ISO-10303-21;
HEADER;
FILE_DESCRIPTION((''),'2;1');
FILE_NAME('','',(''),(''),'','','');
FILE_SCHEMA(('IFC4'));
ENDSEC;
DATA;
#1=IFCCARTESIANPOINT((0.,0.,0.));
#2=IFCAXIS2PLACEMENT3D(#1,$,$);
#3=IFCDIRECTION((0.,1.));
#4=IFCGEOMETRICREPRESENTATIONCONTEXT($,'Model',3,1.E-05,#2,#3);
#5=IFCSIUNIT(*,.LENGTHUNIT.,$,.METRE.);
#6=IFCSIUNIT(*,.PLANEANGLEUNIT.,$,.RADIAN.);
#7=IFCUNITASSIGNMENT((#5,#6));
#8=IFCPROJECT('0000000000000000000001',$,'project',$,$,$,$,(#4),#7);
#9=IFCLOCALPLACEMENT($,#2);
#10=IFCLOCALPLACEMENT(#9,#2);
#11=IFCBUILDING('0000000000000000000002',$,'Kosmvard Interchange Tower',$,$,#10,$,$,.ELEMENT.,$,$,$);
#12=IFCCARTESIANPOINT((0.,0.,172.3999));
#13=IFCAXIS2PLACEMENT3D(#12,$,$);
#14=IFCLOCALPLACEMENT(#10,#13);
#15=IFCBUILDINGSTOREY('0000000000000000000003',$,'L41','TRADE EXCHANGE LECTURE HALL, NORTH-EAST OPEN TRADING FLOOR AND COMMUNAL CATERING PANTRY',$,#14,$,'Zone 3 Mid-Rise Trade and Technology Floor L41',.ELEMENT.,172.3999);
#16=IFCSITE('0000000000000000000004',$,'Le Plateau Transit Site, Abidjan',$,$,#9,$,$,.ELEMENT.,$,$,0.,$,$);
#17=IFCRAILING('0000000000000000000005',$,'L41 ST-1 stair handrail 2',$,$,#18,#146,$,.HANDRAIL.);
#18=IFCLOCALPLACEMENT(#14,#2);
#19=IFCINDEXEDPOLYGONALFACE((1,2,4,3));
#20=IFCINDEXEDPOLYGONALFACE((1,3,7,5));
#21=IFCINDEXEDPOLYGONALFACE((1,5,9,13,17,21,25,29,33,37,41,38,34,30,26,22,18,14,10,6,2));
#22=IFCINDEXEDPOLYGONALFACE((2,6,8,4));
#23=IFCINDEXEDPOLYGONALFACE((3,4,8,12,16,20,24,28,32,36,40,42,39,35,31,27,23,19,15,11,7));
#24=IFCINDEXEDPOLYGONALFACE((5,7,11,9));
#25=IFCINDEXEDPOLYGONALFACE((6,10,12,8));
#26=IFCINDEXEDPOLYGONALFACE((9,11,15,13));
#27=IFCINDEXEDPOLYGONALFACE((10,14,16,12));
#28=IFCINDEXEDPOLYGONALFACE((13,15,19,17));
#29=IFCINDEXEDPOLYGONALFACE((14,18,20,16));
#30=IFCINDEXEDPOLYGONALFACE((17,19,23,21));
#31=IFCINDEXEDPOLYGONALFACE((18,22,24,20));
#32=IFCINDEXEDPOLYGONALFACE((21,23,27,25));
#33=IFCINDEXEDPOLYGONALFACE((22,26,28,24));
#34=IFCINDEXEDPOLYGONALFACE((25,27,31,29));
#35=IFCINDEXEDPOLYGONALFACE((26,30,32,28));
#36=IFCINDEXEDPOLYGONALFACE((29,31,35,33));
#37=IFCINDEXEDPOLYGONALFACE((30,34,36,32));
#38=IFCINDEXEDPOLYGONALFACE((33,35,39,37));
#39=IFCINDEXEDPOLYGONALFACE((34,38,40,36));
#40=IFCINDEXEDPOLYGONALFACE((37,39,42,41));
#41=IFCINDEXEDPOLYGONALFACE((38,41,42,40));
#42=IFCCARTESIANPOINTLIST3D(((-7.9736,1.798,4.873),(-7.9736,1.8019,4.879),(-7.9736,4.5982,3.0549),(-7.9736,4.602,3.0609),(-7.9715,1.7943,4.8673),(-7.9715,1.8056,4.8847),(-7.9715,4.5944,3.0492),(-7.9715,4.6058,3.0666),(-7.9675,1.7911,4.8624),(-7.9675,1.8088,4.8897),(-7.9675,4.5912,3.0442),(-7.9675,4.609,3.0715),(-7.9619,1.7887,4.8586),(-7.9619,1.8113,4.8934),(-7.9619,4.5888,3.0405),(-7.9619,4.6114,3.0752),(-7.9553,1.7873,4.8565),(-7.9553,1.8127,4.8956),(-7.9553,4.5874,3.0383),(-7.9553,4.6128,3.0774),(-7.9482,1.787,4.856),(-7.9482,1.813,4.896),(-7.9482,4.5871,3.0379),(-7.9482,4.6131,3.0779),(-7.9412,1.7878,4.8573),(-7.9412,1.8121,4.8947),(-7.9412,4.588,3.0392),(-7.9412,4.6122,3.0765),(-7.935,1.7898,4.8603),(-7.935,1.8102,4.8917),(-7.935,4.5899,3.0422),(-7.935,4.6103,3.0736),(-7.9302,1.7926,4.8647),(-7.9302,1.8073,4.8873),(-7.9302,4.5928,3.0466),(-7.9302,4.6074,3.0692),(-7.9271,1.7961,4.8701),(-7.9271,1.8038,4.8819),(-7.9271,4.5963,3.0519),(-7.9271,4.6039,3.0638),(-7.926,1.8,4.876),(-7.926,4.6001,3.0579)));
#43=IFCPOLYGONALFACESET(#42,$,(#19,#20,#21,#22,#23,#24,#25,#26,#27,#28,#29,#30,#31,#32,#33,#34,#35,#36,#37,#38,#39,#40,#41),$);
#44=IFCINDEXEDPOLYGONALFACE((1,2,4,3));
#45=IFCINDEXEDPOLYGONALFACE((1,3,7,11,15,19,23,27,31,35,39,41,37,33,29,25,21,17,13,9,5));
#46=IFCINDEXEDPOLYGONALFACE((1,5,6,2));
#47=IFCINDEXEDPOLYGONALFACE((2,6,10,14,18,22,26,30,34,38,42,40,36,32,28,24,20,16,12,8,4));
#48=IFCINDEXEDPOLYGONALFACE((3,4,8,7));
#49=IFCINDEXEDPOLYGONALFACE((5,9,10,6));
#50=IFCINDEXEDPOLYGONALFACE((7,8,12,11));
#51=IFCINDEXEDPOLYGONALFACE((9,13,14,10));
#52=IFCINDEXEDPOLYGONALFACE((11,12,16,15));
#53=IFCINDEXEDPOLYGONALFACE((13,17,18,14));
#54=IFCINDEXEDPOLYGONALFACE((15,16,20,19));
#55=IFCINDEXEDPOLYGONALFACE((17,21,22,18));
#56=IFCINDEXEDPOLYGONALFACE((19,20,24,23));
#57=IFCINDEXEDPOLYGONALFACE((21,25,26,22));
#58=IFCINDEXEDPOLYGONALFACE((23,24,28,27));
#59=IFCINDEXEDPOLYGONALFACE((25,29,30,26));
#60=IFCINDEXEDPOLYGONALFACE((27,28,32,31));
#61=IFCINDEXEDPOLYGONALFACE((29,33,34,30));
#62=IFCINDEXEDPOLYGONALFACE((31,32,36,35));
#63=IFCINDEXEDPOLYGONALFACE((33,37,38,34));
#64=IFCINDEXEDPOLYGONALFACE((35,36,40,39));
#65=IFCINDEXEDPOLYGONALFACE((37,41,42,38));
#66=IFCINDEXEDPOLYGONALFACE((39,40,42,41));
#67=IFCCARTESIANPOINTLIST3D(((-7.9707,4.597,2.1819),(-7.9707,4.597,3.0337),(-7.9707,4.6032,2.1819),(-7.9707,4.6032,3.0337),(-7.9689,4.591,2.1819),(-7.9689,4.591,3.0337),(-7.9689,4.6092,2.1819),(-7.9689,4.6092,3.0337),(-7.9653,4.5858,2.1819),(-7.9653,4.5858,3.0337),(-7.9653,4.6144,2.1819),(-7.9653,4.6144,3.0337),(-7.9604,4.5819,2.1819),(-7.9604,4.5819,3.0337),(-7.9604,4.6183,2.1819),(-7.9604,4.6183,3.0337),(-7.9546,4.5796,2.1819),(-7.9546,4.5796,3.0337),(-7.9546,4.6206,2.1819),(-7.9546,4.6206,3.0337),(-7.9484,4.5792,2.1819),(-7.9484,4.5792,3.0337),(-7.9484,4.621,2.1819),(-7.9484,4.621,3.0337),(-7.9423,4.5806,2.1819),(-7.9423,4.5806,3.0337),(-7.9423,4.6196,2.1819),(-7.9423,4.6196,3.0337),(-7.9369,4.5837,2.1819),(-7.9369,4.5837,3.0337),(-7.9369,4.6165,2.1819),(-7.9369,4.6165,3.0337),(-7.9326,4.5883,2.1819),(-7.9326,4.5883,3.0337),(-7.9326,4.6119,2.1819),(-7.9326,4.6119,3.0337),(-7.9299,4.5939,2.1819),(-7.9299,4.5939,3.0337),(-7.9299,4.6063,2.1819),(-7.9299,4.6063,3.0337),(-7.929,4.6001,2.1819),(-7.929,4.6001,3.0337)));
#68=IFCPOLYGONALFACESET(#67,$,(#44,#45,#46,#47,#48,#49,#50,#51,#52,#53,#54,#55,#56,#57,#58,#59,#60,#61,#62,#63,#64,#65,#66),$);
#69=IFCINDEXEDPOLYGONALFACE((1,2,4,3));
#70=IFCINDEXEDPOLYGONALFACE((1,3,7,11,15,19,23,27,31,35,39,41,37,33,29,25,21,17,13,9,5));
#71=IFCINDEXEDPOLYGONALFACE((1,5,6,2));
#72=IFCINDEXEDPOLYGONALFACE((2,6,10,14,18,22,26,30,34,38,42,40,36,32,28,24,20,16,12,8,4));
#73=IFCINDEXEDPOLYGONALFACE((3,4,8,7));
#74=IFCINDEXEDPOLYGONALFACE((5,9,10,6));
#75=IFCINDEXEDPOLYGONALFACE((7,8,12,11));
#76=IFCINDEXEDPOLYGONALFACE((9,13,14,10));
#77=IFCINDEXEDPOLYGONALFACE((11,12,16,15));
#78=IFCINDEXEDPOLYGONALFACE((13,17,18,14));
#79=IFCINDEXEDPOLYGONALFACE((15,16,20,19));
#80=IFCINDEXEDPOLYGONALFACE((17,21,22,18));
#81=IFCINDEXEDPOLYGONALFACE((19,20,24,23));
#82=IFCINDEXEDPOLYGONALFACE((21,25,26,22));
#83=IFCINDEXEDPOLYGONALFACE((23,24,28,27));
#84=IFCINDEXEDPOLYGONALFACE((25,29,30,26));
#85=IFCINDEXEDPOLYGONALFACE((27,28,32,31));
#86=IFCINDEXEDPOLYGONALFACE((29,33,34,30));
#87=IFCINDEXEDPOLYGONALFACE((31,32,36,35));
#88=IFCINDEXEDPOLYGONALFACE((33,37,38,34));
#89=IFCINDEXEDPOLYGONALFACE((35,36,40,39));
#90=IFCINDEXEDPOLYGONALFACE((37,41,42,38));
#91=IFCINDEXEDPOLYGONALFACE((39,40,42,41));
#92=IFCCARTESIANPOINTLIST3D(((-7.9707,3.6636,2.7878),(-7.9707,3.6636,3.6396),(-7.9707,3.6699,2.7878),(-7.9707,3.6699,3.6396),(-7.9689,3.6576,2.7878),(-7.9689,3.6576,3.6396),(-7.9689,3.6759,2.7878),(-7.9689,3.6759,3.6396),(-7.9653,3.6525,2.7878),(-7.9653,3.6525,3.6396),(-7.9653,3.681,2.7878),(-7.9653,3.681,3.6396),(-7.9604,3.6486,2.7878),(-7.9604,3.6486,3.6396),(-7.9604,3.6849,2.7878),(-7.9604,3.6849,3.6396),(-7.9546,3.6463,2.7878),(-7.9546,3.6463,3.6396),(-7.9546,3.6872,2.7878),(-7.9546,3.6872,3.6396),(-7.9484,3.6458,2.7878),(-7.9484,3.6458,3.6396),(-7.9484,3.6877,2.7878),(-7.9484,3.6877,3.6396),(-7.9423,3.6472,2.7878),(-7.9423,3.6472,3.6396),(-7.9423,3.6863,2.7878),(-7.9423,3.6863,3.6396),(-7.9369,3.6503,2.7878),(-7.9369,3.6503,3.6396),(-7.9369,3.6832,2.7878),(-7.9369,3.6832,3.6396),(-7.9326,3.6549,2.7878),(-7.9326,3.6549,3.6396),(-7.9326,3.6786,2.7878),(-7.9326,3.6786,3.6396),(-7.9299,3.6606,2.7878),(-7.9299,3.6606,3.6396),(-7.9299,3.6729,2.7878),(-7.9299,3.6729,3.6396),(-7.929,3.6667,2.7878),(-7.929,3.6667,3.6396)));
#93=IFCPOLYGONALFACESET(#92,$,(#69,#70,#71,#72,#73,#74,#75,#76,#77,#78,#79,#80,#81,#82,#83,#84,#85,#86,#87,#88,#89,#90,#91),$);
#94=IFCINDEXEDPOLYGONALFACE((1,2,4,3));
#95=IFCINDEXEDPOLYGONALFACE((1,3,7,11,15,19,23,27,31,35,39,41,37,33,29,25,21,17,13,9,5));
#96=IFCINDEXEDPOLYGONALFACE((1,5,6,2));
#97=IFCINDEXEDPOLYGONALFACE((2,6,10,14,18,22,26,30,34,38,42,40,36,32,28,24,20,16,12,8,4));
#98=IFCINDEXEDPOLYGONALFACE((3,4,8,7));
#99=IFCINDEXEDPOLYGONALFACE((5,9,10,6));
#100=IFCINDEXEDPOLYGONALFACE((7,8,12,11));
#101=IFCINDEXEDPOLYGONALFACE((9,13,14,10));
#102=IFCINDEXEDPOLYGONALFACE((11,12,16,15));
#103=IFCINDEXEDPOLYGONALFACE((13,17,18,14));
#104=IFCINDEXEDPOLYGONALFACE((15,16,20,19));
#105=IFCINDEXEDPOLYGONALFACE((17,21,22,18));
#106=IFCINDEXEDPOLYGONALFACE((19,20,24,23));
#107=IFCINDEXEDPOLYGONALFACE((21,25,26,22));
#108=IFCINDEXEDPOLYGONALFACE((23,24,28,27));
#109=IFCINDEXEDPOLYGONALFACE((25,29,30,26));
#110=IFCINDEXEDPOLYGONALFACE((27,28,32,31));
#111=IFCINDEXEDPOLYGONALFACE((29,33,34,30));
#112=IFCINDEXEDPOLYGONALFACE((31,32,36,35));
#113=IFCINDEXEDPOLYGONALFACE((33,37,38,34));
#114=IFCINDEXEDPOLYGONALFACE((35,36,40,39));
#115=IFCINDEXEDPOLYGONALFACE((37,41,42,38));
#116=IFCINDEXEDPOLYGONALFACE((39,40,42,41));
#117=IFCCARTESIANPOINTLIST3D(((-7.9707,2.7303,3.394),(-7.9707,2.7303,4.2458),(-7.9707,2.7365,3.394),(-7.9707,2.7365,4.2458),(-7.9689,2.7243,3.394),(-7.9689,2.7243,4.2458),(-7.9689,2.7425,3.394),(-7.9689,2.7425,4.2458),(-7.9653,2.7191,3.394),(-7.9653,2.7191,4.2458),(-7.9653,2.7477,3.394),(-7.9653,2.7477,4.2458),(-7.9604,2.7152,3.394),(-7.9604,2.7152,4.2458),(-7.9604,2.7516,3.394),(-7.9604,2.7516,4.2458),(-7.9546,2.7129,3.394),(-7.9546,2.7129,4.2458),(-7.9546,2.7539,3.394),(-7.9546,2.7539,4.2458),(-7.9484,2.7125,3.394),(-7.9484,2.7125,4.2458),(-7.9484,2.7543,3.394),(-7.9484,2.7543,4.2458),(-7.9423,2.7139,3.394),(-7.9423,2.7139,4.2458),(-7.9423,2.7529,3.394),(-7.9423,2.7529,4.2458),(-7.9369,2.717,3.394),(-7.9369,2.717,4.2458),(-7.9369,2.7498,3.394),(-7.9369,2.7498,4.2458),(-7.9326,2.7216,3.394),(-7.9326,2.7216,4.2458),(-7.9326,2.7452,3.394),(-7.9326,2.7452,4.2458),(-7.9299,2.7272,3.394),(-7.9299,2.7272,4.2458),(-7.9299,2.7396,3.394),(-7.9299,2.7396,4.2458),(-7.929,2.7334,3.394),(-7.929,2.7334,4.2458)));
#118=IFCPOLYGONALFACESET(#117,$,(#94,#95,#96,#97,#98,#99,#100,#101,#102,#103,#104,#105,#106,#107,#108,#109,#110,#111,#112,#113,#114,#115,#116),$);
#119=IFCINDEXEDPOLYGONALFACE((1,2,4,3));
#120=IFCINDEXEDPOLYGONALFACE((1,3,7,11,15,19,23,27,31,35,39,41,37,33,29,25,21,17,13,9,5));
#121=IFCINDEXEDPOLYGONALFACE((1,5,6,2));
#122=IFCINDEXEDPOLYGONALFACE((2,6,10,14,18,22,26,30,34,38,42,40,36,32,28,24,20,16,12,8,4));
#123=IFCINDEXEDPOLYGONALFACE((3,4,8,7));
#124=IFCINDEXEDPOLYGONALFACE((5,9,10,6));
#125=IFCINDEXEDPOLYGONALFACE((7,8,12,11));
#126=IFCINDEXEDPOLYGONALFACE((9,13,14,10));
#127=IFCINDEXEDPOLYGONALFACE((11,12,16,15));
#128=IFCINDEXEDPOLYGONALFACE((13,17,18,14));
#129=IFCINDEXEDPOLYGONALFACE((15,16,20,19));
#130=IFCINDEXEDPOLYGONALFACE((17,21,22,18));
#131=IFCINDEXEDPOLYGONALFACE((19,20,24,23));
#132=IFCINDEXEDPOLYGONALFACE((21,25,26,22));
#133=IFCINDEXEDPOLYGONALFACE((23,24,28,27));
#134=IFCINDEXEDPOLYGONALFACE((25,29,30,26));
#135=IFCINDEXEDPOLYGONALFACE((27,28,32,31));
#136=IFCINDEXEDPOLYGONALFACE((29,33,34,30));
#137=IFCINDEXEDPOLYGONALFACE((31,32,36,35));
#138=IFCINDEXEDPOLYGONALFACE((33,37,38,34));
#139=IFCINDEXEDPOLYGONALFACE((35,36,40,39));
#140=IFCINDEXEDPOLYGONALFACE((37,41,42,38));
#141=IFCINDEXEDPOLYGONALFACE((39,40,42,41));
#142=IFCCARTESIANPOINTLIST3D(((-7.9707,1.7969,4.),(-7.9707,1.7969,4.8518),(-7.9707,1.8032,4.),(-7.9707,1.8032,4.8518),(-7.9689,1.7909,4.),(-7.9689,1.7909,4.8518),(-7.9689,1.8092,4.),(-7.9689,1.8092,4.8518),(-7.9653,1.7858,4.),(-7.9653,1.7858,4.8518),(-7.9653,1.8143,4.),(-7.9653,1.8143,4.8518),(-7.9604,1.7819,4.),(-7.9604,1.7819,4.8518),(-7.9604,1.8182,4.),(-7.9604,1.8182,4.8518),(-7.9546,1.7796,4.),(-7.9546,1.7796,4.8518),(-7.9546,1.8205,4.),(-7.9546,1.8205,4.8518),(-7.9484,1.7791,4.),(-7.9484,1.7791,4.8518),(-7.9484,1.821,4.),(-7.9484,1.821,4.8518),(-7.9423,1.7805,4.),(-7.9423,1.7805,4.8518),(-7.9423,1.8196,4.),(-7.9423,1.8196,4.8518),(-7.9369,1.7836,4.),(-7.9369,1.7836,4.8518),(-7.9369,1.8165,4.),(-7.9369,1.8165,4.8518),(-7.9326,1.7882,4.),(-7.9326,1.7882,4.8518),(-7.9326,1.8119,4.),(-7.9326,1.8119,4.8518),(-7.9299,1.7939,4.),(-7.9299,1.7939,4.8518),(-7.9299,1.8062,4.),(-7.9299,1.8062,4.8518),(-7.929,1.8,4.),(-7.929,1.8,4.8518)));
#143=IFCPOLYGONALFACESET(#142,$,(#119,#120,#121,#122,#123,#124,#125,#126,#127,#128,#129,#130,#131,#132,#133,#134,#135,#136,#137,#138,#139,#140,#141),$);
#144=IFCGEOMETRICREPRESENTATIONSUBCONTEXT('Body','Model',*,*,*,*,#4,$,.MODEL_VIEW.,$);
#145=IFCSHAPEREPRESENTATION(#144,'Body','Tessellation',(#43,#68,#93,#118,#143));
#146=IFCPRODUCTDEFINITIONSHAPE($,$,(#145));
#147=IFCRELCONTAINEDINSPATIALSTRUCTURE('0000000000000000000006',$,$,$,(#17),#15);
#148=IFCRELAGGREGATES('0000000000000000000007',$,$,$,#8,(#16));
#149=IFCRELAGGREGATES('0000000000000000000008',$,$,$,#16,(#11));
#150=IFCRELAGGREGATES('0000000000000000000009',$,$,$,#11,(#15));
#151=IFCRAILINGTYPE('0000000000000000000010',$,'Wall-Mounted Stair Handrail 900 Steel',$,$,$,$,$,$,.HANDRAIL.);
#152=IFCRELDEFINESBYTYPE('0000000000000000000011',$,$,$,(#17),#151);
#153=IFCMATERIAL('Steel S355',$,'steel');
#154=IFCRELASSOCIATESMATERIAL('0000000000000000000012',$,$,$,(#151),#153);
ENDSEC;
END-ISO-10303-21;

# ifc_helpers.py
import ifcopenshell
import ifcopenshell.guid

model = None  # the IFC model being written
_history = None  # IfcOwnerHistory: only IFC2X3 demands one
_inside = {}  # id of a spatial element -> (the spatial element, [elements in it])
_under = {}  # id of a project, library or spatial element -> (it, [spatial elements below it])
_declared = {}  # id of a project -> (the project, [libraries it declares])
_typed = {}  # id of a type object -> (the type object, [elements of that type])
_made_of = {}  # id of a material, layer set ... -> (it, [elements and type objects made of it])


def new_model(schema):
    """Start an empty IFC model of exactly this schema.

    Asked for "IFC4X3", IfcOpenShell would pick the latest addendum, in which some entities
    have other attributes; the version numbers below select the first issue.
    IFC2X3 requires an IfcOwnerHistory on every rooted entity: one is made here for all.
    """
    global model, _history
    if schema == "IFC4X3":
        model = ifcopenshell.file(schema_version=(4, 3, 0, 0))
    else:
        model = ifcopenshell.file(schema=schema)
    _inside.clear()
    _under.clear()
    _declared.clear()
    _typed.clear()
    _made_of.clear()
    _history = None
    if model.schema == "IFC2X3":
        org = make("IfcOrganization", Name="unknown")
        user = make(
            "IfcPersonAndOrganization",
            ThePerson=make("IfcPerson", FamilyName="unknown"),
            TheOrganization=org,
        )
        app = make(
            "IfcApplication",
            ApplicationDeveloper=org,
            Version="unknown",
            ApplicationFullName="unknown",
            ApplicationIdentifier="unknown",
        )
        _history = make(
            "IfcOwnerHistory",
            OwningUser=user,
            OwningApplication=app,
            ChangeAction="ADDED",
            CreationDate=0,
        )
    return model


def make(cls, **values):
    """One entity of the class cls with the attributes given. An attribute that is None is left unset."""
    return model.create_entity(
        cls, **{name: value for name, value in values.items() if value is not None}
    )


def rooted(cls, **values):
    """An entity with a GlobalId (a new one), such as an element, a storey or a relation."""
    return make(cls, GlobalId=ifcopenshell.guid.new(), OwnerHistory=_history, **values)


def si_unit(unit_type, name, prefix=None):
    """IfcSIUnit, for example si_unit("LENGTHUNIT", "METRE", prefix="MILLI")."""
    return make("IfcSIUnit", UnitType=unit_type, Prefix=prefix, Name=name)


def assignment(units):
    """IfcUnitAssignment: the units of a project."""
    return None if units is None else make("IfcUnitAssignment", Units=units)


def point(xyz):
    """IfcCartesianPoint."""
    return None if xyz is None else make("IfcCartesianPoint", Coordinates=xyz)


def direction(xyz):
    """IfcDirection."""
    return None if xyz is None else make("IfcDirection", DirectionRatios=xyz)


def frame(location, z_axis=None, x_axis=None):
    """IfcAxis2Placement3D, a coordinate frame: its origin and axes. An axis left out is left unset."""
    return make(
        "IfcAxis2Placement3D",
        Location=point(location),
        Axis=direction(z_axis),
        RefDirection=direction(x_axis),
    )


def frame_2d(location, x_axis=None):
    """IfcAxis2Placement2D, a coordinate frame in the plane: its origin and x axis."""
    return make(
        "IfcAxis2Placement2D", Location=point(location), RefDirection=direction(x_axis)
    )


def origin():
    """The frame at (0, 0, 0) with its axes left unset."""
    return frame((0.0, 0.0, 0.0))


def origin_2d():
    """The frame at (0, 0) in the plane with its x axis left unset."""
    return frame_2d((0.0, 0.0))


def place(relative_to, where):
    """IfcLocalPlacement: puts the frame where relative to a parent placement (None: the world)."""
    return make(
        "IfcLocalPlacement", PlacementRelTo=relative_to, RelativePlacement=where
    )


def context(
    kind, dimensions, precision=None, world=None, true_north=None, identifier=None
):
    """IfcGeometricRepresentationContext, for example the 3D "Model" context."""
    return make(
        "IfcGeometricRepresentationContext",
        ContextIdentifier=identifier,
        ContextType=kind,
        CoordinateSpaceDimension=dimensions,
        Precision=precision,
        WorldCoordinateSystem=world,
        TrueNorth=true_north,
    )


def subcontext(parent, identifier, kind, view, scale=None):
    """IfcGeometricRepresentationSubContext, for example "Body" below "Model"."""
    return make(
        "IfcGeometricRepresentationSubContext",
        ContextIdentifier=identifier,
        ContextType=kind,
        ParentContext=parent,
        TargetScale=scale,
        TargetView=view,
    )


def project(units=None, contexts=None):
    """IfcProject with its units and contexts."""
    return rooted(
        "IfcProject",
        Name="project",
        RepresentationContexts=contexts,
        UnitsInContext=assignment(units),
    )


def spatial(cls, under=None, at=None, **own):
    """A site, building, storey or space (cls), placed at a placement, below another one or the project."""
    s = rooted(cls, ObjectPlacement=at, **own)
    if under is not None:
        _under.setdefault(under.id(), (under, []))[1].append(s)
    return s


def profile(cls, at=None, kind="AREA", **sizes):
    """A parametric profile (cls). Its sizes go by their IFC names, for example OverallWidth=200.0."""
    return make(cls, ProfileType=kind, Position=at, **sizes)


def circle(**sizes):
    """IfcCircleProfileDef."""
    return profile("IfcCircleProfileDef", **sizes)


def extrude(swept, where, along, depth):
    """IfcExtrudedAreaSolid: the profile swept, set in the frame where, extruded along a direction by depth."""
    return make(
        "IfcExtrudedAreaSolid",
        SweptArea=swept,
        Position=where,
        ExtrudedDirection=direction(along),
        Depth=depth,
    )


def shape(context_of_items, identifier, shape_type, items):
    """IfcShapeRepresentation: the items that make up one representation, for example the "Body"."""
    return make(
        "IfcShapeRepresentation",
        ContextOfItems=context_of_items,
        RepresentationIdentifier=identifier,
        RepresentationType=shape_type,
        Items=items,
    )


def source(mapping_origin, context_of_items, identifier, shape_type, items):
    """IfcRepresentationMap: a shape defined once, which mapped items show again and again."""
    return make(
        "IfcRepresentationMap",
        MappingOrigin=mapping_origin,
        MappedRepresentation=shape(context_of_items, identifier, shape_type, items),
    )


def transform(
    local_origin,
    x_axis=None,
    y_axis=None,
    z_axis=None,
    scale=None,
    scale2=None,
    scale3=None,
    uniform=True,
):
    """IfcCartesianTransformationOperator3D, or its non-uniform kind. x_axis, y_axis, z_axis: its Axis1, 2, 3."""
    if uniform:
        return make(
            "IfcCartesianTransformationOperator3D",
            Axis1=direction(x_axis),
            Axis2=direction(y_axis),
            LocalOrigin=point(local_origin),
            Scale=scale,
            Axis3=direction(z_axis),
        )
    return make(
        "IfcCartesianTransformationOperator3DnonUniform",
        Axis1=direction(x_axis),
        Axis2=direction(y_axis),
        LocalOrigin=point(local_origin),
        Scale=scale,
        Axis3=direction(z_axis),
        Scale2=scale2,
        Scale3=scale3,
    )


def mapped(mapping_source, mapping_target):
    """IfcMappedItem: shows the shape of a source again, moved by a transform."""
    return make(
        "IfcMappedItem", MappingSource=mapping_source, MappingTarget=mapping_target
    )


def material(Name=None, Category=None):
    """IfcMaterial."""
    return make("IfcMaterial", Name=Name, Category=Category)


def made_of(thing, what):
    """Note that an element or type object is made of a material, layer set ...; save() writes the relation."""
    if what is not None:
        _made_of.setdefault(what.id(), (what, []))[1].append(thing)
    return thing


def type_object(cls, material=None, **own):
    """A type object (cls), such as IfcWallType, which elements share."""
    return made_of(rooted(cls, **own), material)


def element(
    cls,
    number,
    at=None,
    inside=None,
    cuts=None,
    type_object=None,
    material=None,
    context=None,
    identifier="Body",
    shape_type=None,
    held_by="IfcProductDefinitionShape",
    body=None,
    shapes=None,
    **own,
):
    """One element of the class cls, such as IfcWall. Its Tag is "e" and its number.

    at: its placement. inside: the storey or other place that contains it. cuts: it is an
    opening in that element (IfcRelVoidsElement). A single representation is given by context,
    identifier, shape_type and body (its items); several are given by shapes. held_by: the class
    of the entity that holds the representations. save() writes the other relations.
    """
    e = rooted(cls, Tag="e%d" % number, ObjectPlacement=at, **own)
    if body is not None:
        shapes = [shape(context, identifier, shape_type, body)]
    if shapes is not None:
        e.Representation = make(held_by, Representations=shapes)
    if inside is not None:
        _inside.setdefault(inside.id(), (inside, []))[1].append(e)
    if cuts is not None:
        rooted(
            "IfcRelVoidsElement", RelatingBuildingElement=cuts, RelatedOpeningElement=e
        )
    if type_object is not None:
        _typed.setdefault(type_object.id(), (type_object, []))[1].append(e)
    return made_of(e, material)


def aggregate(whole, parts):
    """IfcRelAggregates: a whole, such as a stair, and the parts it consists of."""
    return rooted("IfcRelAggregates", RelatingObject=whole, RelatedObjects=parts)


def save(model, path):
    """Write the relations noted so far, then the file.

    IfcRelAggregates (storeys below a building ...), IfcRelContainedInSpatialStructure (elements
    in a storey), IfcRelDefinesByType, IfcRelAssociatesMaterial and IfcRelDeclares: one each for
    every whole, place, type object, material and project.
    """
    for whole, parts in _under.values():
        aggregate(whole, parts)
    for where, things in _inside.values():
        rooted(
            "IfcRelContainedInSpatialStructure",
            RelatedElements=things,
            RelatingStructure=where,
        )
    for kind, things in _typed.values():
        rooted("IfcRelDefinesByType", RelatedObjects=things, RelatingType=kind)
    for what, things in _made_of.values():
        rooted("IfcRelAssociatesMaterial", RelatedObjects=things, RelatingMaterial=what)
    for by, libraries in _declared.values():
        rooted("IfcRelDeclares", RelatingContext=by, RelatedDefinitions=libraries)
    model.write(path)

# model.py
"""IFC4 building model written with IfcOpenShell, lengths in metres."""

from ifc_helpers import new_model, si_unit, direction, frame, origin, origin_2d, place, context, subcontext, project, spatial, circle, extrude, source, transform, mapped, material, type_object, element, save


model = new_model("IFC4")

# Units and contexts
model_context = context("Model", 3, precision=1e-05, world=origin(), true_north=direction((0.0, 1.0)))
body_context = subcontext(model_context, "Body", "Model", "MODEL_VIEW")
ifc_project = project(units=[si_unit("LENGTHUNIT", "METRE"), si_unit("PLANEANGLEUNIT", "RADIAN")], contexts=[model_context])

# Site, building, storey
site_placement = place(None, origin())
site = spatial("IfcSite", under=ifc_project, at=site_placement, Name="Le Plateau Transit Site, Abidjan", CompositionType="ELEMENT", RefElevation=0.0)
building_placement = place(site_placement, origin())
building = spatial("IfcBuilding", under=site, at=building_placement, Name="Kosmvard Interchange Tower", CompositionType="ELEMENT")
storey_placement = place(building_placement, frame((0.0, 0.0, 172.3999)))
storey = spatial("IfcBuildingStorey", under=building, at=storey_placement, Name="L41", Description="TRADE EXCHANGE LECTURE HALL, NORTH-EAST OPEN TRADING FLOOR AND COMMUNAL CATERING PANTRY", LongName="Zone 3 Mid-Rise Trade and Technology Floor L41", CompositionType="ELEMENT", Elevation=172.3999)

# Shared definitions
ifc_material_1 = material(Name="Steel S355", Category="steel")

# Railing
railing_type_1 = type_object("IfcRailingType", Name="Wall-Mounted Stair Handrail 900 Steel", PredefinedType="HANDRAIL", material=ifc_material_1)
shared_shape_1 = source(origin(), body_context, "Body", "SweptSolid", [
    extrude(circle(Radius=0.0239, at=origin_2d()), frame((0.0, 0.0, 0.876), z_axis=(0.0, -0.838706, 0.544585), x_axis=(1.0, 0.0, 0.0)), (0.0, 0.0, 1.0), 3.3386),
    extrude(circle(Radius=0.021, at=origin_2d()), origin(), (0.0, 0.0, 1.0), 0.8518),
    extrude(circle(Radius=0.021, at=origin_2d()), frame((0.0, -0.9333, 0.606)), (0.0, 0.0, 1.0), 0.8518),
    extrude(circle(Radius=0.021, at=origin_2d()), frame((0.0, -1.8667, 1.2122)), (0.0, 0.0, 1.0), 0.8518),
    extrude(circle(Radius=0.021, at=origin_2d()), frame((0.0, -2.8, 1.8181)), (0.0, 0.0, 1.0), 0.8518),
])
railing_1_placement = place(storey_placement, frame((-7.95, 4.6001, 2.1819)))
element("IfcRailing", 1, at=railing_1_placement, inside=storey, type_object=railing_type_1, Name="L41 ST-1 stair handrail 2", PredefinedType="HANDRAIL", context=body_context, shape_type="MappedRepresentation", body=[
    mapped(shared_shape_1, transform((0.0, 0.0, 0.0), scale=1.0)),
])

save(model, "model.ifc")
